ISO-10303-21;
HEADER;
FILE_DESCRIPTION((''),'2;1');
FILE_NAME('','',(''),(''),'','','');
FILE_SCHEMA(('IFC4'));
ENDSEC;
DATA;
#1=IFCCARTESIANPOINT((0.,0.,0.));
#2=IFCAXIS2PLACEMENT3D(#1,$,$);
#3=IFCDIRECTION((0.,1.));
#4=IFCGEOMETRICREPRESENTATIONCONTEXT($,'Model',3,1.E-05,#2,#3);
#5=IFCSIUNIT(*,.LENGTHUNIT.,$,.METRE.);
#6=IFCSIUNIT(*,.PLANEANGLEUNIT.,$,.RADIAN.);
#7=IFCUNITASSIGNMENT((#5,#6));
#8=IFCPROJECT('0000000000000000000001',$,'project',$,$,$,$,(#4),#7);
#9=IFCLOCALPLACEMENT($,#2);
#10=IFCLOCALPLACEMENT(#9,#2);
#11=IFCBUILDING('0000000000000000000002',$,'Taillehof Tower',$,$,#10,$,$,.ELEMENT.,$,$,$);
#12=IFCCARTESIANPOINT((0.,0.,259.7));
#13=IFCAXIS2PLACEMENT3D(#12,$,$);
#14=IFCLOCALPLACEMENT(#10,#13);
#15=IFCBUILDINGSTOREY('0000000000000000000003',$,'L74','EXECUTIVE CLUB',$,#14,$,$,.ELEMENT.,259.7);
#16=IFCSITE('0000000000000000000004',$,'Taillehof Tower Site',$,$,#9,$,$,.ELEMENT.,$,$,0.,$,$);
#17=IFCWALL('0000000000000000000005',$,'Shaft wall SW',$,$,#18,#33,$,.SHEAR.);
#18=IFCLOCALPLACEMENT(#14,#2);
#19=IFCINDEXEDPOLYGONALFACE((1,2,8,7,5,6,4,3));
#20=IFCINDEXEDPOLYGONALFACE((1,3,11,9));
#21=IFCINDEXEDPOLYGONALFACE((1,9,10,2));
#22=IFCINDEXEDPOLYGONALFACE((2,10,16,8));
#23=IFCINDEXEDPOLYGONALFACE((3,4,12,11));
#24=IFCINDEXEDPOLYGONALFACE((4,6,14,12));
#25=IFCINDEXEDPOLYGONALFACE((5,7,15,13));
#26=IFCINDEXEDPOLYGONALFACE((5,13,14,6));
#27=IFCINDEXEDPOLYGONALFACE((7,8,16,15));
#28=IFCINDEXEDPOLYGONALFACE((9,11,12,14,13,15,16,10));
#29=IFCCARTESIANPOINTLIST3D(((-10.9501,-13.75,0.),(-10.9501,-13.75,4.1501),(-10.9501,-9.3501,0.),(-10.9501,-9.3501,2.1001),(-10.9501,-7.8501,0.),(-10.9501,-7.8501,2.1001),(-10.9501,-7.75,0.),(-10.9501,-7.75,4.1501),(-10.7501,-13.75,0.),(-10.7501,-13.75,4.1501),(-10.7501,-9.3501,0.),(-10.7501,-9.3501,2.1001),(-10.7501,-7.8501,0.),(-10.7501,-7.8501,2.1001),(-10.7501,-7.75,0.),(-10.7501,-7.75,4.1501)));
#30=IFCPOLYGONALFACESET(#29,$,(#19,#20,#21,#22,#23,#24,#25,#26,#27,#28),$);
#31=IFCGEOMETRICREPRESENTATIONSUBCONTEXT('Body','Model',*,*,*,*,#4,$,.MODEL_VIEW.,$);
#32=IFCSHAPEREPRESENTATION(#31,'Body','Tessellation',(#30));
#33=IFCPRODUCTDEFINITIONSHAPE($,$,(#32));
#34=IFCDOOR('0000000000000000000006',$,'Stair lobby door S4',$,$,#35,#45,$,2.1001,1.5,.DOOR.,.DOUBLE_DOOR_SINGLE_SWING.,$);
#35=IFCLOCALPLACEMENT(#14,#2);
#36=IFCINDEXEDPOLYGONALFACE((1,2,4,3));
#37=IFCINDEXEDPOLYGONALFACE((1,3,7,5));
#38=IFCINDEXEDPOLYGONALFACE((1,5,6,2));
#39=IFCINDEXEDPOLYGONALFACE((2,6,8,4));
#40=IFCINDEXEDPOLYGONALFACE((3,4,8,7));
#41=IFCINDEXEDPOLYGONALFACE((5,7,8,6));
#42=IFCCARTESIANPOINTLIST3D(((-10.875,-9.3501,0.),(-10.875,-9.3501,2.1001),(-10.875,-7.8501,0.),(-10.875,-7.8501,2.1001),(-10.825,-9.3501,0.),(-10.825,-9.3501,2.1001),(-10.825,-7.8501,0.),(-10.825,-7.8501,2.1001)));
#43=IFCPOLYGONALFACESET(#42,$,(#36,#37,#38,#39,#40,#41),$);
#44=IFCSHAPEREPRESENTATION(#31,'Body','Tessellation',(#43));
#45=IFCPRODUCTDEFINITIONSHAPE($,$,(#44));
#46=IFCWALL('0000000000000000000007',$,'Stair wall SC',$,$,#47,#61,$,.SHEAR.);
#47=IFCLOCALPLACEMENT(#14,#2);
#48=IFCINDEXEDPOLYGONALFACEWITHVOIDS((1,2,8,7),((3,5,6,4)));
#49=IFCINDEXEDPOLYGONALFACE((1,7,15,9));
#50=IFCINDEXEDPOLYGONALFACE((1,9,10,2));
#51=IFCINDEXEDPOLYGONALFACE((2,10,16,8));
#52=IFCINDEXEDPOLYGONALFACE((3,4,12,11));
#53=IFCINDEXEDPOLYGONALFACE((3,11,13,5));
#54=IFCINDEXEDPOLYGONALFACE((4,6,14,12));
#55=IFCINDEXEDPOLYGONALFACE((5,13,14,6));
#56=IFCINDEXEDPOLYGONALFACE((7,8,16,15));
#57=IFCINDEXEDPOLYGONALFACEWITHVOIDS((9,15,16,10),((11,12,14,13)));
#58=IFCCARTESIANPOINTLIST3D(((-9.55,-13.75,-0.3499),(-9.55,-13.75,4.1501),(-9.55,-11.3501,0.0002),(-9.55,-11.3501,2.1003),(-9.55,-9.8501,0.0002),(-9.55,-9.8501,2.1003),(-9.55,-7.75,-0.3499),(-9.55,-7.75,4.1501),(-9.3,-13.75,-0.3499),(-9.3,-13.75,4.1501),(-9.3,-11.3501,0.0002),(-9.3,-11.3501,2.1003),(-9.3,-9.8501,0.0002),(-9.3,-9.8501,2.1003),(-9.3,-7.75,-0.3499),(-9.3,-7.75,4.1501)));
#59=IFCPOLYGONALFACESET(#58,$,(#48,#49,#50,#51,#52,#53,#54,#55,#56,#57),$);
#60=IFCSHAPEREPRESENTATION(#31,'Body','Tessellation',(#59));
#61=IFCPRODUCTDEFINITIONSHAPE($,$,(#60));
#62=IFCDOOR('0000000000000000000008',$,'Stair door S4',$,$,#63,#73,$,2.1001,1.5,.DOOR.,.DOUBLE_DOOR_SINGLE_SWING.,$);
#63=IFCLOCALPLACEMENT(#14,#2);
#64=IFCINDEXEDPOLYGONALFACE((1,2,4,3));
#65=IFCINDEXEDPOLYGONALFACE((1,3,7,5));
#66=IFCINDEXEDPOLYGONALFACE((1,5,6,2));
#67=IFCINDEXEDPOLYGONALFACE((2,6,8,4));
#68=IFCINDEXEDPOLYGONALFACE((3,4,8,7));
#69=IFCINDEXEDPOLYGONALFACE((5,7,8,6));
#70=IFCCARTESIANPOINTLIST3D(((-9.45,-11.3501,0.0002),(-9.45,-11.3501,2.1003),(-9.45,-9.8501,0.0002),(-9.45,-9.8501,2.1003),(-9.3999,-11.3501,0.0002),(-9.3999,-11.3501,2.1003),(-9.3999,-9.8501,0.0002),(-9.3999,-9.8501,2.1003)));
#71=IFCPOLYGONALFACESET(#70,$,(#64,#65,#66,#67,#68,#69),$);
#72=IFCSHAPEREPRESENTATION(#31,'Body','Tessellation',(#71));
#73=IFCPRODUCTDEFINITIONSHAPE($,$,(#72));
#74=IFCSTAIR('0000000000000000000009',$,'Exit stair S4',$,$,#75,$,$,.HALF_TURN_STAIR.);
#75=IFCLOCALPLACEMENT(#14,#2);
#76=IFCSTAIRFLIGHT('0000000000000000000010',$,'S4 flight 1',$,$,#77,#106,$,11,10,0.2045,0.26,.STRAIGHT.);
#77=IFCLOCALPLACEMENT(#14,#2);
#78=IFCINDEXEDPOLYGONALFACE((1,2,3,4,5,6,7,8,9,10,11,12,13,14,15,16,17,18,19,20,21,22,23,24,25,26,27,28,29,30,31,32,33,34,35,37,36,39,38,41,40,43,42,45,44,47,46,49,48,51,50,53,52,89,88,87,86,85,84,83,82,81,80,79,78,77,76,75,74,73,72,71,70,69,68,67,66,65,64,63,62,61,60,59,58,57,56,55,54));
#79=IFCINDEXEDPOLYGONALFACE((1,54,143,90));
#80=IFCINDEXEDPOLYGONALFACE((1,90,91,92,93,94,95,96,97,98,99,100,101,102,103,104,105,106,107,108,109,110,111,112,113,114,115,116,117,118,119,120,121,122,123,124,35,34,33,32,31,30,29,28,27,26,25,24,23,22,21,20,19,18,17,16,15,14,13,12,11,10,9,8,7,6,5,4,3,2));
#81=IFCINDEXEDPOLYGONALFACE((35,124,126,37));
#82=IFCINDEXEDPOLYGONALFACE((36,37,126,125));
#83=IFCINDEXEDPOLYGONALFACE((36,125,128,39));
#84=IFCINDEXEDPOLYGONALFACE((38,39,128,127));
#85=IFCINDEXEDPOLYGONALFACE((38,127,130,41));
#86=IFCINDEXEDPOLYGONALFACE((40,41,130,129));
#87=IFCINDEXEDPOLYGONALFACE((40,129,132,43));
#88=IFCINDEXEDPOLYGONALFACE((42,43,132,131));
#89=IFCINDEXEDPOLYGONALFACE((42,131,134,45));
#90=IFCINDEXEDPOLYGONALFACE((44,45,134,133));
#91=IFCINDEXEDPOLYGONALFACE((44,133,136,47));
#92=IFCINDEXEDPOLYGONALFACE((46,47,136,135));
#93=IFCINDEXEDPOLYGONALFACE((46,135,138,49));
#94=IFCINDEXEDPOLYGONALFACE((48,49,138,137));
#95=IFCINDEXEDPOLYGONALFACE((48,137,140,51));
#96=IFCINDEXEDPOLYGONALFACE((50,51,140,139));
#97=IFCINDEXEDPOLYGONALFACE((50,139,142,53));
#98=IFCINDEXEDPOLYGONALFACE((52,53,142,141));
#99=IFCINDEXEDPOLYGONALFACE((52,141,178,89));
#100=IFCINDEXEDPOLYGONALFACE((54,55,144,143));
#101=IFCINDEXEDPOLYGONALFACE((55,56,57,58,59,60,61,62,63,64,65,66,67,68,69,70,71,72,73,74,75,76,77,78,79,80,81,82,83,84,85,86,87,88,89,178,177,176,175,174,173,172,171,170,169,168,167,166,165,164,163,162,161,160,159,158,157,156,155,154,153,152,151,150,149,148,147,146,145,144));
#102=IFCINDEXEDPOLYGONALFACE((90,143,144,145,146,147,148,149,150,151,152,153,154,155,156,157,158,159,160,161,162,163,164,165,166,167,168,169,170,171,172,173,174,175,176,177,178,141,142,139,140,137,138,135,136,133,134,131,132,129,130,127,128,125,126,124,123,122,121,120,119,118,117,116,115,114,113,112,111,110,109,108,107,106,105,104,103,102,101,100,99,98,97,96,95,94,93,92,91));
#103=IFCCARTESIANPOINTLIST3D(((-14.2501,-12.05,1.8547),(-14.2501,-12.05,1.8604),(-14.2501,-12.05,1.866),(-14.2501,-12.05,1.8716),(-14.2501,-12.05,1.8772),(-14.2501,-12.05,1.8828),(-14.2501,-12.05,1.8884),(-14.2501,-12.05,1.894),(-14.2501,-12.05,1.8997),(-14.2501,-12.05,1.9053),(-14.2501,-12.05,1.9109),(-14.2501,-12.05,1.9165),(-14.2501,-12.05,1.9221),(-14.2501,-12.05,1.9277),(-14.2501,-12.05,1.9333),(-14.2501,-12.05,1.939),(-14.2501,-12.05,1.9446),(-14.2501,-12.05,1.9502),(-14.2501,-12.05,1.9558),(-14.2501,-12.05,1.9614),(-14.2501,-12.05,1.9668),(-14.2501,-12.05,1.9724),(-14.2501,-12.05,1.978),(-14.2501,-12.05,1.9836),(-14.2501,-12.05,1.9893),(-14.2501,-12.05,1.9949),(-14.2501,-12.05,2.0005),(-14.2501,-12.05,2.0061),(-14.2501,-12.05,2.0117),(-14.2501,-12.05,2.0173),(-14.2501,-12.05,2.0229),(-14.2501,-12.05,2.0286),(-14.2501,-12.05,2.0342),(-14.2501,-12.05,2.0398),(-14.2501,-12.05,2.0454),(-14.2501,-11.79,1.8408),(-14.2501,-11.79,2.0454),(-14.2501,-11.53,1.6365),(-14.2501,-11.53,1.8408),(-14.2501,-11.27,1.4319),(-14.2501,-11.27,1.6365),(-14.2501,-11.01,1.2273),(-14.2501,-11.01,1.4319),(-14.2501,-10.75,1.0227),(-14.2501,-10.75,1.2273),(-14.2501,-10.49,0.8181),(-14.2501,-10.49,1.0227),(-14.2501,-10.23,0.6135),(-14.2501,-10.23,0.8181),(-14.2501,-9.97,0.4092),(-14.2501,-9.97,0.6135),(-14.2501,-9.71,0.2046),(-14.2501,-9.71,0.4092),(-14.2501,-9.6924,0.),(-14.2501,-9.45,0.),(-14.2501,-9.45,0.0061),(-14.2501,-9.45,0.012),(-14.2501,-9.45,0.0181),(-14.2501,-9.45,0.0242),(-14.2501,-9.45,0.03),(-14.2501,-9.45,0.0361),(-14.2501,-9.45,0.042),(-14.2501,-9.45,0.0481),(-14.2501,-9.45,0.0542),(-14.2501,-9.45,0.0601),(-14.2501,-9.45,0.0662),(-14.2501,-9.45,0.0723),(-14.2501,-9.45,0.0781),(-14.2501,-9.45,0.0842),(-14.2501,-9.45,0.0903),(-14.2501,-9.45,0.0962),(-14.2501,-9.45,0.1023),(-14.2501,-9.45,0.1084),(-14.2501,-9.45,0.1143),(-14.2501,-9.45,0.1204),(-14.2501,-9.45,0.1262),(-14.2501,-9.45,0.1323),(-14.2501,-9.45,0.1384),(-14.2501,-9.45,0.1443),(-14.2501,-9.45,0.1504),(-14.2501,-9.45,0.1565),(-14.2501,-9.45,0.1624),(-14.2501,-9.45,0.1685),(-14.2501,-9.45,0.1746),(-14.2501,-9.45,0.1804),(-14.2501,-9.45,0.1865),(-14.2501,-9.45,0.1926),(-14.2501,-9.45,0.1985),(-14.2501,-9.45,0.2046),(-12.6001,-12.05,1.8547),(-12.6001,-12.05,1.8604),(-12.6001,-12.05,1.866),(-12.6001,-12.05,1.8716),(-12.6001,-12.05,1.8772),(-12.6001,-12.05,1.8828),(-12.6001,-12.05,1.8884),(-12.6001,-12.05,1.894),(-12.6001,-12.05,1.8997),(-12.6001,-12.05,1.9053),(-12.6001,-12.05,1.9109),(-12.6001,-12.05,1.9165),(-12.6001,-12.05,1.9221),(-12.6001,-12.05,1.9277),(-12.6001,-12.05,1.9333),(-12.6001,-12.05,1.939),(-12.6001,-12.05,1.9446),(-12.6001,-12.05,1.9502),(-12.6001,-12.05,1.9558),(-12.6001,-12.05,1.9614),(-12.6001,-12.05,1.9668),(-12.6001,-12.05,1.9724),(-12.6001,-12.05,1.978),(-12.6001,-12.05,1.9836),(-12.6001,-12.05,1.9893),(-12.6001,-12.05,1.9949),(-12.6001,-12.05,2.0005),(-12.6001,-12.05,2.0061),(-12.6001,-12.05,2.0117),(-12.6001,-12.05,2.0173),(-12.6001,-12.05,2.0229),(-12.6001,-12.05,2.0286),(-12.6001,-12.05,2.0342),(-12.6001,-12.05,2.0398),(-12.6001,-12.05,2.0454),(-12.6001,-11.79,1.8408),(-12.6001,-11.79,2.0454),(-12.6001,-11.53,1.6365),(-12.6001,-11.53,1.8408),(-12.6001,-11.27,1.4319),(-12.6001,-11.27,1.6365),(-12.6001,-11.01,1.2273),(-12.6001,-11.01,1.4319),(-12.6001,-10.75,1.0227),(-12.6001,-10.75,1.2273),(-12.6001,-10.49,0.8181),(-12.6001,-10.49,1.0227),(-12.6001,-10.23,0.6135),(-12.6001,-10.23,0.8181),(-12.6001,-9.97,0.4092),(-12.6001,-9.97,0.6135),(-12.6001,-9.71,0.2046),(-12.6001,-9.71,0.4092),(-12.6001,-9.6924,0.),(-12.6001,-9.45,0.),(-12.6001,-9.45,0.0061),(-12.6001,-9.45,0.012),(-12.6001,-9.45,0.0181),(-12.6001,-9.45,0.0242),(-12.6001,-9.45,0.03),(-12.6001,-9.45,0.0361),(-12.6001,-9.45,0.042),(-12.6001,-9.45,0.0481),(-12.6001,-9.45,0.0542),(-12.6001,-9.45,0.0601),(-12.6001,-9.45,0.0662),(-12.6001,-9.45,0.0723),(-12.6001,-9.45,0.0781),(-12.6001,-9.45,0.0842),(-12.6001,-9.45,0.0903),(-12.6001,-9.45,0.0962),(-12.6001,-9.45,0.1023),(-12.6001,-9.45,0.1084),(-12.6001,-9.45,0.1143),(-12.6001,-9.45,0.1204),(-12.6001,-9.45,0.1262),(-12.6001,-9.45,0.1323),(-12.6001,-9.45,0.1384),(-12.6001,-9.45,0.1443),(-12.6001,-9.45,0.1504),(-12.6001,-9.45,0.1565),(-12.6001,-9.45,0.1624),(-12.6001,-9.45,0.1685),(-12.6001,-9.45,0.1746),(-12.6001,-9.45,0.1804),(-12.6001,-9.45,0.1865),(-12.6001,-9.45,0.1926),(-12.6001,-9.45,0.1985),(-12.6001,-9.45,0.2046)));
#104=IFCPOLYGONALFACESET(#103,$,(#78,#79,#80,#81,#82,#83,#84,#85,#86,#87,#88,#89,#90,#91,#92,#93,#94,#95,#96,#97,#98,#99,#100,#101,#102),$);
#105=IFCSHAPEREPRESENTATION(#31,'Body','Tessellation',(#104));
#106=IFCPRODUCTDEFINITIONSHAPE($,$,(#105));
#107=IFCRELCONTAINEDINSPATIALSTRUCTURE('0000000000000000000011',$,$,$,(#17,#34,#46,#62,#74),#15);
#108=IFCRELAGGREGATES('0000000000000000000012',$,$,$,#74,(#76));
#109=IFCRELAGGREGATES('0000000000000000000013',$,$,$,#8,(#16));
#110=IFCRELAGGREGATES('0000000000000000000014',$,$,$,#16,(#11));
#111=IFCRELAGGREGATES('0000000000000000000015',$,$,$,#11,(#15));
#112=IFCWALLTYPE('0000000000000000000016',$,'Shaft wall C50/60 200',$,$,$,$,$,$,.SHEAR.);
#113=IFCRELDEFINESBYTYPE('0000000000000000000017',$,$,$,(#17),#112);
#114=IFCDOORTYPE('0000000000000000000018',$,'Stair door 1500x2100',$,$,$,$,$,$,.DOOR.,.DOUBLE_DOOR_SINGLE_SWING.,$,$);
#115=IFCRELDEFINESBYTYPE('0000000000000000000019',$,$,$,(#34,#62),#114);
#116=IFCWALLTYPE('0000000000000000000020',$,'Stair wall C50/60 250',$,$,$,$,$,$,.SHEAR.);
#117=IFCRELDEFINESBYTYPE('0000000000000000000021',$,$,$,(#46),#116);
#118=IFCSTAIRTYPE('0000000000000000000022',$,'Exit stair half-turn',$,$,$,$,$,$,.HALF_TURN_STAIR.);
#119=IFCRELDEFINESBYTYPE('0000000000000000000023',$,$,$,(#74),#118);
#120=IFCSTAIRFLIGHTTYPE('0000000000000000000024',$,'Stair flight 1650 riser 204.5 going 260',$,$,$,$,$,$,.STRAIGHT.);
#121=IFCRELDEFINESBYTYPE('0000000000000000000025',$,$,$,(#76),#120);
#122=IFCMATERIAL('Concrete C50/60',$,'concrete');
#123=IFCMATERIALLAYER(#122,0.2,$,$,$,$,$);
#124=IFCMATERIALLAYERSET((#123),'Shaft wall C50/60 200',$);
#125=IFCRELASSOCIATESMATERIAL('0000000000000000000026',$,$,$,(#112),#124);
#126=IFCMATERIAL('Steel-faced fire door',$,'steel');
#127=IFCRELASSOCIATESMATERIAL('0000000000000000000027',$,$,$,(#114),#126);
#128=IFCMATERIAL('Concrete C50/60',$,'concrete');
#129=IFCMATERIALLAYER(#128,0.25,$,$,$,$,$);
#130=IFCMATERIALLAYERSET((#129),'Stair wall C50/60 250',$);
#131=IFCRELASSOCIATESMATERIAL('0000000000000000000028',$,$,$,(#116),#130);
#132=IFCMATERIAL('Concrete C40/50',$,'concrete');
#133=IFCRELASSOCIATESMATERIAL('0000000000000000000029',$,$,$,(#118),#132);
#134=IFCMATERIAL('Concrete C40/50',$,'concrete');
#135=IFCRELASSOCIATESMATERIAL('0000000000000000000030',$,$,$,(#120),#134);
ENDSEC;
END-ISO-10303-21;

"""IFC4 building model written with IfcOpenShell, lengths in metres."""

from ifc_helpers import new_model, si_unit, direction, frame, frame_2d, origin, place, context, subcontext, project, spatial, polyline, rectangle, outline, extrude, material, layer, layer_set, type_object, element, fill, aggregate, save


model = new_model("IFC4")

# Units and contexts
model_context = context("Model", 3, precision=1e-05, world=origin(), true_north=direction((0.0, 1.0)))
body_context = subcontext(model_context, "Body", "Model", "MODEL_VIEW")
ifc_project = project(units=[si_unit("LENGTHUNIT", "METRE"), si_unit("PLANEANGLEUNIT", "RADIAN")], contexts=[model_context])

# Site, building, storey
site_placement = place(None, origin())
site = spatial("IfcSite", under=ifc_project, at=site_placement, Name="Taillehof Tower Site", CompositionType="ELEMENT", RefElevation=0.0)
building_placement = place(site_placement, origin())
building = spatial("IfcBuilding", under=site, at=building_placement, Name="Taillehof Tower", CompositionType="ELEMENT")
storey_placement = place(building_placement, frame((0.0, 0.0, 259.7)))
storey = spatial("IfcBuildingStorey", under=building, at=storey_placement, Name="L74", Description="EXECUTIVE CLUB", CompositionType="ELEMENT", Elevation=259.7)

# Walls, openings, doors
ifc_material_1 = material(Name="Concrete C50/60", Category="concrete")
ifc_layer_1 = layer(ifc_material_1, 0.2)
ifc_layer_set_1 = layer_set([ifc_layer_1], Name="Shaft wall C50/60 200")
wall_type_1 = type_object("IfcWallType", Name="Shaft wall C50/60 200", PredefinedType="SHEAR", material=ifc_layer_set_1)
wall_1_placement = place(storey_placement, frame((-10.8501, -13.75, 0.0), z_axis=(0.0, 0.0, 1.0), x_axis=(0.0, 1.0, 0.0)))
wall_1 = element("IfcWall", 1, at=wall_1_placement, inside=storey, type_object=wall_type_1, Name="Shaft wall SW", PredefinedType="SHEAR", context=body_context, shape_type="SweptSolid", body=[
    extrude(rectangle(XDim=6.0, YDim=0.2, at=frame_2d((3.0, 0.0))), origin(), (0.0, 0.0, 1.0), 4.1501),
])
opening_1_placement = place(wall_1_placement, frame((4.3999, 0.0, 0.0)))
opening_1 = element("IfcOpeningElement", 2, at=opening_1_placement, cuts=wall_1, PredefinedType="OPENING", context=body_context, shape_type="SweptSolid", body=[
    extrude(rectangle(XDim=1.5, YDim=2.1001, at=frame_2d((0.75, 1.05))), frame((0.0, 0.1099, 0.0), z_axis=(0.0, -1.0, 0.0), x_axis=(1.0, 0.0, 0.0)), (0.0, 0.0, 1.0), 0.22),
])
ifc_material_2 = material(Name="Steel-faced fire door", Category="steel")
door_type_1 = type_object("IfcDoorType", Name="Stair door 1500x2100", OperationType="DOUBLE_DOOR_SINGLE_SWING", PredefinedType="DOOR", material=ifc_material_2)
door_1_placement = place(opening_1_placement, origin())
door_1 = element("IfcDoor", 3, at=door_1_placement, inside=storey, type_object=door_type_1, Name="Stair lobby door S4", OperationType="DOUBLE_DOOR_SINGLE_SWING", OverallHeight=2.1001, OverallWidth=1.5, PredefinedType="DOOR", context=body_context, shape_type="SweptSolid", body=[
    extrude(rectangle(XDim=1.5, YDim=2.1001, at=frame_2d((0.75, 1.05))), frame((0.0, 0.0249, 0.0), z_axis=(0.0, -1.0, 0.0), x_axis=(1.0, 0.0, 0.0)), (0.0, 0.0, 1.0), 0.05),
])
fill(opening_1, door_1)
ifc_material_3 = material(Name="Concrete C50/60", Category="concrete")
ifc_layer_2 = layer(ifc_material_3, 0.25)
ifc_layer_set_2 = layer_set([ifc_layer_2], Name="Stair wall C50/60 250")
wall_type_2 = type_object("IfcWallType", Name="Stair wall C50/60 250", PredefinedType="SHEAR", material=ifc_layer_set_2)
wall_2_placement = place(storey_placement, frame((-9.425, -13.75, -0.3499), z_axis=(0.0, 0.0, 1.0), x_axis=(0.0, 1.0, 0.0)))
wall_2 = element("IfcWall", 4, at=wall_2_placement, inside=storey, type_object=wall_type_2, Name="Stair wall SC", PredefinedType="SHEAR", context=body_context, shape_type="SweptSolid", body=[
    extrude(rectangle(XDim=6.0, YDim=0.25, at=frame_2d((3.0, 0.0))), origin(), (0.0, 0.0, 1.0), 4.5),
])
opening_2_placement = place(wall_2_placement, frame((2.3999, 0.0, 0.3501)))
opening_2 = element("IfcOpeningElement", 5, at=opening_2_placement, cuts=wall_2, PredefinedType="OPENING", context=body_context, shape_type="SweptSolid", body=[
    extrude(rectangle(XDim=1.5, YDim=2.1001, at=frame_2d((0.75, 1.05))), frame((0.0, 0.135, 0.0), z_axis=(0.0, -1.0, 0.0), x_axis=(1.0, 0.0, 0.0)), (0.0, 0.0, 1.0), 0.27),
])
door_2_placement = place(opening_2_placement, origin())
door_2 = element("IfcDoor", 6, at=door_2_placement, inside=storey, type_object=door_type_1, Name="Stair door S4", OperationType="DOUBLE_DOOR_SINGLE_SWING", OverallHeight=2.1001, OverallWidth=1.5, PredefinedType="DOOR", context=body_context, shape_type="SweptSolid", body=[
    extrude(rectangle(XDim=1.5, YDim=2.1001, at=frame_2d((0.75, 1.05))), frame((0.0, 0.0249, 0.0), z_axis=(0.0, -1.0, 0.0), x_axis=(1.0, 0.0, 0.0)), (0.0, 0.0, 1.0), 0.05),
])
fill(opening_2, door_2)

# Stair, stair flight
ifc_material_4 = material(Name="Concrete C40/50", Category="concrete")
stair_type = type_object("IfcStairType", Name="Exit stair half-turn", PredefinedType="HALF_TURN_STAIR", material=ifc_material_4)
stair_placement = place(storey_placement, origin())
stair = element("IfcStair", 7, at=stair_placement, inside=storey, type_object=stair_type, Name="Exit stair S4", PredefinedType="HALF_TURN_STAIR")
ifc_material_5 = material(Name="Concrete C40/50", Category="concrete")
stair_flight_type = type_object("IfcStairFlightType", Name="Stair flight 1650 riser 204.5 going 260", PredefinedType="STRAIGHT", material=ifc_material_5)
stair_flight_1_placement = place(storey_placement, frame((-13.425, -9.45, 0.0), z_axis=(0.0, 0.0, 1.0), x_axis=(0.0, -1.0, 0.0)))
stair_flight_1 = element("IfcStairFlight", 8, at=stair_flight_1_placement, type_object=stair_flight_type, Name="S4 flight 1", NumberOfRisers=11, NumberOfTreads=10, PredefinedType="STRAIGHT", RiserHeight=0.2045, TreadLength=0.26, context=body_context, shape_type="SweptSolid", body=[
    extrude(outline(polyline([(0.0, 0.0), (0.0, 0.0061), (0.0, 0.012), (0.0, 0.0181), (0.0, 0.0242), (0.0, 0.03), (0.0, 0.0361), (0.0, 0.042), (0.0, 0.0481), (0.0, 0.0542), (0.0, 0.0601), (0.0, 0.0662), (0.0, 0.0723), (0.0, 0.0781), (0.0, 0.0842), (0.0, 0.0903), (0.0, 0.0962), (0.0, 0.1023), (0.0, 0.1084), (0.0, 0.1143), (0.0, 0.1204), (0.0, 0.1262), (0.0, 0.1323), (0.0, 0.1384), (0.0, 0.1443), (0.0, 0.1504), (0.0, 0.1565), (0.0, 0.1624), (0.0, 0.1685), (0.0, 0.1746), (0.0, 0.1804), (0.0, 0.1865), (0.0, 0.1926), (0.0, 0.1985), (0.0, 0.2046), (0.26, 0.2046), (0.26, 0.4092), (0.52, 0.4092), (0.52, 0.6135), (0.78, 0.6135), (0.78, 0.8181), (1.04, 0.8181), (1.04, 1.0227), (1.3, 1.0227), (1.3, 1.2273), (1.5601, 1.2273), (1.5601, 1.4319), (1.8201, 1.4319), (1.8201, 1.6365), (2.0801, 1.6365), (2.0801, 1.8408), (2.3401, 1.8408), (2.3401, 2.0454), (2.6001, 2.0454), (2.6001, 2.0398), (2.6001, 2.0342), (2.6001, 2.0286), (2.6001, 2.0229), (2.6001, 2.0173), (2.6001, 2.0117), (2.6001, 2.0061), (2.6001, 2.0005), (2.6001, 1.9949), (2.6001, 1.9893), (2.6001, 1.9836), (2.6001, 1.978), (2.6001, 1.9724), (2.6001, 1.9668), (2.6001, 1.9614), (2.6001, 1.9558), (2.6001, 1.9502), (2.6001, 1.9446), (2.6001, 1.939), (2.6001, 1.9333), (2.6001, 1.9277), (2.6001, 1.9221), (2.6001, 1.9165), (2.6001, 1.9109), (2.6001, 1.9053), (2.6001, 1.8997), (2.6001, 1.894), (2.6001, 1.8884), (2.6001, 1.8828), (2.6001, 1.8772), (2.6001, 1.8716), (2.6001, 1.866), (2.6001, 1.8604), (2.6001, 1.8547), (0.2424, 0.0), (0.0, 0.0)])), frame((0.0, 0.825, 0.0), z_axis=(0.0, -1.0, 0.0), x_axis=(1.0, 0.0, 0.0)), (0.0, 0.0, 1.0), 1.65),
])
aggregate(stair, [stair_flight_1])

save(model, "model.ifc")
